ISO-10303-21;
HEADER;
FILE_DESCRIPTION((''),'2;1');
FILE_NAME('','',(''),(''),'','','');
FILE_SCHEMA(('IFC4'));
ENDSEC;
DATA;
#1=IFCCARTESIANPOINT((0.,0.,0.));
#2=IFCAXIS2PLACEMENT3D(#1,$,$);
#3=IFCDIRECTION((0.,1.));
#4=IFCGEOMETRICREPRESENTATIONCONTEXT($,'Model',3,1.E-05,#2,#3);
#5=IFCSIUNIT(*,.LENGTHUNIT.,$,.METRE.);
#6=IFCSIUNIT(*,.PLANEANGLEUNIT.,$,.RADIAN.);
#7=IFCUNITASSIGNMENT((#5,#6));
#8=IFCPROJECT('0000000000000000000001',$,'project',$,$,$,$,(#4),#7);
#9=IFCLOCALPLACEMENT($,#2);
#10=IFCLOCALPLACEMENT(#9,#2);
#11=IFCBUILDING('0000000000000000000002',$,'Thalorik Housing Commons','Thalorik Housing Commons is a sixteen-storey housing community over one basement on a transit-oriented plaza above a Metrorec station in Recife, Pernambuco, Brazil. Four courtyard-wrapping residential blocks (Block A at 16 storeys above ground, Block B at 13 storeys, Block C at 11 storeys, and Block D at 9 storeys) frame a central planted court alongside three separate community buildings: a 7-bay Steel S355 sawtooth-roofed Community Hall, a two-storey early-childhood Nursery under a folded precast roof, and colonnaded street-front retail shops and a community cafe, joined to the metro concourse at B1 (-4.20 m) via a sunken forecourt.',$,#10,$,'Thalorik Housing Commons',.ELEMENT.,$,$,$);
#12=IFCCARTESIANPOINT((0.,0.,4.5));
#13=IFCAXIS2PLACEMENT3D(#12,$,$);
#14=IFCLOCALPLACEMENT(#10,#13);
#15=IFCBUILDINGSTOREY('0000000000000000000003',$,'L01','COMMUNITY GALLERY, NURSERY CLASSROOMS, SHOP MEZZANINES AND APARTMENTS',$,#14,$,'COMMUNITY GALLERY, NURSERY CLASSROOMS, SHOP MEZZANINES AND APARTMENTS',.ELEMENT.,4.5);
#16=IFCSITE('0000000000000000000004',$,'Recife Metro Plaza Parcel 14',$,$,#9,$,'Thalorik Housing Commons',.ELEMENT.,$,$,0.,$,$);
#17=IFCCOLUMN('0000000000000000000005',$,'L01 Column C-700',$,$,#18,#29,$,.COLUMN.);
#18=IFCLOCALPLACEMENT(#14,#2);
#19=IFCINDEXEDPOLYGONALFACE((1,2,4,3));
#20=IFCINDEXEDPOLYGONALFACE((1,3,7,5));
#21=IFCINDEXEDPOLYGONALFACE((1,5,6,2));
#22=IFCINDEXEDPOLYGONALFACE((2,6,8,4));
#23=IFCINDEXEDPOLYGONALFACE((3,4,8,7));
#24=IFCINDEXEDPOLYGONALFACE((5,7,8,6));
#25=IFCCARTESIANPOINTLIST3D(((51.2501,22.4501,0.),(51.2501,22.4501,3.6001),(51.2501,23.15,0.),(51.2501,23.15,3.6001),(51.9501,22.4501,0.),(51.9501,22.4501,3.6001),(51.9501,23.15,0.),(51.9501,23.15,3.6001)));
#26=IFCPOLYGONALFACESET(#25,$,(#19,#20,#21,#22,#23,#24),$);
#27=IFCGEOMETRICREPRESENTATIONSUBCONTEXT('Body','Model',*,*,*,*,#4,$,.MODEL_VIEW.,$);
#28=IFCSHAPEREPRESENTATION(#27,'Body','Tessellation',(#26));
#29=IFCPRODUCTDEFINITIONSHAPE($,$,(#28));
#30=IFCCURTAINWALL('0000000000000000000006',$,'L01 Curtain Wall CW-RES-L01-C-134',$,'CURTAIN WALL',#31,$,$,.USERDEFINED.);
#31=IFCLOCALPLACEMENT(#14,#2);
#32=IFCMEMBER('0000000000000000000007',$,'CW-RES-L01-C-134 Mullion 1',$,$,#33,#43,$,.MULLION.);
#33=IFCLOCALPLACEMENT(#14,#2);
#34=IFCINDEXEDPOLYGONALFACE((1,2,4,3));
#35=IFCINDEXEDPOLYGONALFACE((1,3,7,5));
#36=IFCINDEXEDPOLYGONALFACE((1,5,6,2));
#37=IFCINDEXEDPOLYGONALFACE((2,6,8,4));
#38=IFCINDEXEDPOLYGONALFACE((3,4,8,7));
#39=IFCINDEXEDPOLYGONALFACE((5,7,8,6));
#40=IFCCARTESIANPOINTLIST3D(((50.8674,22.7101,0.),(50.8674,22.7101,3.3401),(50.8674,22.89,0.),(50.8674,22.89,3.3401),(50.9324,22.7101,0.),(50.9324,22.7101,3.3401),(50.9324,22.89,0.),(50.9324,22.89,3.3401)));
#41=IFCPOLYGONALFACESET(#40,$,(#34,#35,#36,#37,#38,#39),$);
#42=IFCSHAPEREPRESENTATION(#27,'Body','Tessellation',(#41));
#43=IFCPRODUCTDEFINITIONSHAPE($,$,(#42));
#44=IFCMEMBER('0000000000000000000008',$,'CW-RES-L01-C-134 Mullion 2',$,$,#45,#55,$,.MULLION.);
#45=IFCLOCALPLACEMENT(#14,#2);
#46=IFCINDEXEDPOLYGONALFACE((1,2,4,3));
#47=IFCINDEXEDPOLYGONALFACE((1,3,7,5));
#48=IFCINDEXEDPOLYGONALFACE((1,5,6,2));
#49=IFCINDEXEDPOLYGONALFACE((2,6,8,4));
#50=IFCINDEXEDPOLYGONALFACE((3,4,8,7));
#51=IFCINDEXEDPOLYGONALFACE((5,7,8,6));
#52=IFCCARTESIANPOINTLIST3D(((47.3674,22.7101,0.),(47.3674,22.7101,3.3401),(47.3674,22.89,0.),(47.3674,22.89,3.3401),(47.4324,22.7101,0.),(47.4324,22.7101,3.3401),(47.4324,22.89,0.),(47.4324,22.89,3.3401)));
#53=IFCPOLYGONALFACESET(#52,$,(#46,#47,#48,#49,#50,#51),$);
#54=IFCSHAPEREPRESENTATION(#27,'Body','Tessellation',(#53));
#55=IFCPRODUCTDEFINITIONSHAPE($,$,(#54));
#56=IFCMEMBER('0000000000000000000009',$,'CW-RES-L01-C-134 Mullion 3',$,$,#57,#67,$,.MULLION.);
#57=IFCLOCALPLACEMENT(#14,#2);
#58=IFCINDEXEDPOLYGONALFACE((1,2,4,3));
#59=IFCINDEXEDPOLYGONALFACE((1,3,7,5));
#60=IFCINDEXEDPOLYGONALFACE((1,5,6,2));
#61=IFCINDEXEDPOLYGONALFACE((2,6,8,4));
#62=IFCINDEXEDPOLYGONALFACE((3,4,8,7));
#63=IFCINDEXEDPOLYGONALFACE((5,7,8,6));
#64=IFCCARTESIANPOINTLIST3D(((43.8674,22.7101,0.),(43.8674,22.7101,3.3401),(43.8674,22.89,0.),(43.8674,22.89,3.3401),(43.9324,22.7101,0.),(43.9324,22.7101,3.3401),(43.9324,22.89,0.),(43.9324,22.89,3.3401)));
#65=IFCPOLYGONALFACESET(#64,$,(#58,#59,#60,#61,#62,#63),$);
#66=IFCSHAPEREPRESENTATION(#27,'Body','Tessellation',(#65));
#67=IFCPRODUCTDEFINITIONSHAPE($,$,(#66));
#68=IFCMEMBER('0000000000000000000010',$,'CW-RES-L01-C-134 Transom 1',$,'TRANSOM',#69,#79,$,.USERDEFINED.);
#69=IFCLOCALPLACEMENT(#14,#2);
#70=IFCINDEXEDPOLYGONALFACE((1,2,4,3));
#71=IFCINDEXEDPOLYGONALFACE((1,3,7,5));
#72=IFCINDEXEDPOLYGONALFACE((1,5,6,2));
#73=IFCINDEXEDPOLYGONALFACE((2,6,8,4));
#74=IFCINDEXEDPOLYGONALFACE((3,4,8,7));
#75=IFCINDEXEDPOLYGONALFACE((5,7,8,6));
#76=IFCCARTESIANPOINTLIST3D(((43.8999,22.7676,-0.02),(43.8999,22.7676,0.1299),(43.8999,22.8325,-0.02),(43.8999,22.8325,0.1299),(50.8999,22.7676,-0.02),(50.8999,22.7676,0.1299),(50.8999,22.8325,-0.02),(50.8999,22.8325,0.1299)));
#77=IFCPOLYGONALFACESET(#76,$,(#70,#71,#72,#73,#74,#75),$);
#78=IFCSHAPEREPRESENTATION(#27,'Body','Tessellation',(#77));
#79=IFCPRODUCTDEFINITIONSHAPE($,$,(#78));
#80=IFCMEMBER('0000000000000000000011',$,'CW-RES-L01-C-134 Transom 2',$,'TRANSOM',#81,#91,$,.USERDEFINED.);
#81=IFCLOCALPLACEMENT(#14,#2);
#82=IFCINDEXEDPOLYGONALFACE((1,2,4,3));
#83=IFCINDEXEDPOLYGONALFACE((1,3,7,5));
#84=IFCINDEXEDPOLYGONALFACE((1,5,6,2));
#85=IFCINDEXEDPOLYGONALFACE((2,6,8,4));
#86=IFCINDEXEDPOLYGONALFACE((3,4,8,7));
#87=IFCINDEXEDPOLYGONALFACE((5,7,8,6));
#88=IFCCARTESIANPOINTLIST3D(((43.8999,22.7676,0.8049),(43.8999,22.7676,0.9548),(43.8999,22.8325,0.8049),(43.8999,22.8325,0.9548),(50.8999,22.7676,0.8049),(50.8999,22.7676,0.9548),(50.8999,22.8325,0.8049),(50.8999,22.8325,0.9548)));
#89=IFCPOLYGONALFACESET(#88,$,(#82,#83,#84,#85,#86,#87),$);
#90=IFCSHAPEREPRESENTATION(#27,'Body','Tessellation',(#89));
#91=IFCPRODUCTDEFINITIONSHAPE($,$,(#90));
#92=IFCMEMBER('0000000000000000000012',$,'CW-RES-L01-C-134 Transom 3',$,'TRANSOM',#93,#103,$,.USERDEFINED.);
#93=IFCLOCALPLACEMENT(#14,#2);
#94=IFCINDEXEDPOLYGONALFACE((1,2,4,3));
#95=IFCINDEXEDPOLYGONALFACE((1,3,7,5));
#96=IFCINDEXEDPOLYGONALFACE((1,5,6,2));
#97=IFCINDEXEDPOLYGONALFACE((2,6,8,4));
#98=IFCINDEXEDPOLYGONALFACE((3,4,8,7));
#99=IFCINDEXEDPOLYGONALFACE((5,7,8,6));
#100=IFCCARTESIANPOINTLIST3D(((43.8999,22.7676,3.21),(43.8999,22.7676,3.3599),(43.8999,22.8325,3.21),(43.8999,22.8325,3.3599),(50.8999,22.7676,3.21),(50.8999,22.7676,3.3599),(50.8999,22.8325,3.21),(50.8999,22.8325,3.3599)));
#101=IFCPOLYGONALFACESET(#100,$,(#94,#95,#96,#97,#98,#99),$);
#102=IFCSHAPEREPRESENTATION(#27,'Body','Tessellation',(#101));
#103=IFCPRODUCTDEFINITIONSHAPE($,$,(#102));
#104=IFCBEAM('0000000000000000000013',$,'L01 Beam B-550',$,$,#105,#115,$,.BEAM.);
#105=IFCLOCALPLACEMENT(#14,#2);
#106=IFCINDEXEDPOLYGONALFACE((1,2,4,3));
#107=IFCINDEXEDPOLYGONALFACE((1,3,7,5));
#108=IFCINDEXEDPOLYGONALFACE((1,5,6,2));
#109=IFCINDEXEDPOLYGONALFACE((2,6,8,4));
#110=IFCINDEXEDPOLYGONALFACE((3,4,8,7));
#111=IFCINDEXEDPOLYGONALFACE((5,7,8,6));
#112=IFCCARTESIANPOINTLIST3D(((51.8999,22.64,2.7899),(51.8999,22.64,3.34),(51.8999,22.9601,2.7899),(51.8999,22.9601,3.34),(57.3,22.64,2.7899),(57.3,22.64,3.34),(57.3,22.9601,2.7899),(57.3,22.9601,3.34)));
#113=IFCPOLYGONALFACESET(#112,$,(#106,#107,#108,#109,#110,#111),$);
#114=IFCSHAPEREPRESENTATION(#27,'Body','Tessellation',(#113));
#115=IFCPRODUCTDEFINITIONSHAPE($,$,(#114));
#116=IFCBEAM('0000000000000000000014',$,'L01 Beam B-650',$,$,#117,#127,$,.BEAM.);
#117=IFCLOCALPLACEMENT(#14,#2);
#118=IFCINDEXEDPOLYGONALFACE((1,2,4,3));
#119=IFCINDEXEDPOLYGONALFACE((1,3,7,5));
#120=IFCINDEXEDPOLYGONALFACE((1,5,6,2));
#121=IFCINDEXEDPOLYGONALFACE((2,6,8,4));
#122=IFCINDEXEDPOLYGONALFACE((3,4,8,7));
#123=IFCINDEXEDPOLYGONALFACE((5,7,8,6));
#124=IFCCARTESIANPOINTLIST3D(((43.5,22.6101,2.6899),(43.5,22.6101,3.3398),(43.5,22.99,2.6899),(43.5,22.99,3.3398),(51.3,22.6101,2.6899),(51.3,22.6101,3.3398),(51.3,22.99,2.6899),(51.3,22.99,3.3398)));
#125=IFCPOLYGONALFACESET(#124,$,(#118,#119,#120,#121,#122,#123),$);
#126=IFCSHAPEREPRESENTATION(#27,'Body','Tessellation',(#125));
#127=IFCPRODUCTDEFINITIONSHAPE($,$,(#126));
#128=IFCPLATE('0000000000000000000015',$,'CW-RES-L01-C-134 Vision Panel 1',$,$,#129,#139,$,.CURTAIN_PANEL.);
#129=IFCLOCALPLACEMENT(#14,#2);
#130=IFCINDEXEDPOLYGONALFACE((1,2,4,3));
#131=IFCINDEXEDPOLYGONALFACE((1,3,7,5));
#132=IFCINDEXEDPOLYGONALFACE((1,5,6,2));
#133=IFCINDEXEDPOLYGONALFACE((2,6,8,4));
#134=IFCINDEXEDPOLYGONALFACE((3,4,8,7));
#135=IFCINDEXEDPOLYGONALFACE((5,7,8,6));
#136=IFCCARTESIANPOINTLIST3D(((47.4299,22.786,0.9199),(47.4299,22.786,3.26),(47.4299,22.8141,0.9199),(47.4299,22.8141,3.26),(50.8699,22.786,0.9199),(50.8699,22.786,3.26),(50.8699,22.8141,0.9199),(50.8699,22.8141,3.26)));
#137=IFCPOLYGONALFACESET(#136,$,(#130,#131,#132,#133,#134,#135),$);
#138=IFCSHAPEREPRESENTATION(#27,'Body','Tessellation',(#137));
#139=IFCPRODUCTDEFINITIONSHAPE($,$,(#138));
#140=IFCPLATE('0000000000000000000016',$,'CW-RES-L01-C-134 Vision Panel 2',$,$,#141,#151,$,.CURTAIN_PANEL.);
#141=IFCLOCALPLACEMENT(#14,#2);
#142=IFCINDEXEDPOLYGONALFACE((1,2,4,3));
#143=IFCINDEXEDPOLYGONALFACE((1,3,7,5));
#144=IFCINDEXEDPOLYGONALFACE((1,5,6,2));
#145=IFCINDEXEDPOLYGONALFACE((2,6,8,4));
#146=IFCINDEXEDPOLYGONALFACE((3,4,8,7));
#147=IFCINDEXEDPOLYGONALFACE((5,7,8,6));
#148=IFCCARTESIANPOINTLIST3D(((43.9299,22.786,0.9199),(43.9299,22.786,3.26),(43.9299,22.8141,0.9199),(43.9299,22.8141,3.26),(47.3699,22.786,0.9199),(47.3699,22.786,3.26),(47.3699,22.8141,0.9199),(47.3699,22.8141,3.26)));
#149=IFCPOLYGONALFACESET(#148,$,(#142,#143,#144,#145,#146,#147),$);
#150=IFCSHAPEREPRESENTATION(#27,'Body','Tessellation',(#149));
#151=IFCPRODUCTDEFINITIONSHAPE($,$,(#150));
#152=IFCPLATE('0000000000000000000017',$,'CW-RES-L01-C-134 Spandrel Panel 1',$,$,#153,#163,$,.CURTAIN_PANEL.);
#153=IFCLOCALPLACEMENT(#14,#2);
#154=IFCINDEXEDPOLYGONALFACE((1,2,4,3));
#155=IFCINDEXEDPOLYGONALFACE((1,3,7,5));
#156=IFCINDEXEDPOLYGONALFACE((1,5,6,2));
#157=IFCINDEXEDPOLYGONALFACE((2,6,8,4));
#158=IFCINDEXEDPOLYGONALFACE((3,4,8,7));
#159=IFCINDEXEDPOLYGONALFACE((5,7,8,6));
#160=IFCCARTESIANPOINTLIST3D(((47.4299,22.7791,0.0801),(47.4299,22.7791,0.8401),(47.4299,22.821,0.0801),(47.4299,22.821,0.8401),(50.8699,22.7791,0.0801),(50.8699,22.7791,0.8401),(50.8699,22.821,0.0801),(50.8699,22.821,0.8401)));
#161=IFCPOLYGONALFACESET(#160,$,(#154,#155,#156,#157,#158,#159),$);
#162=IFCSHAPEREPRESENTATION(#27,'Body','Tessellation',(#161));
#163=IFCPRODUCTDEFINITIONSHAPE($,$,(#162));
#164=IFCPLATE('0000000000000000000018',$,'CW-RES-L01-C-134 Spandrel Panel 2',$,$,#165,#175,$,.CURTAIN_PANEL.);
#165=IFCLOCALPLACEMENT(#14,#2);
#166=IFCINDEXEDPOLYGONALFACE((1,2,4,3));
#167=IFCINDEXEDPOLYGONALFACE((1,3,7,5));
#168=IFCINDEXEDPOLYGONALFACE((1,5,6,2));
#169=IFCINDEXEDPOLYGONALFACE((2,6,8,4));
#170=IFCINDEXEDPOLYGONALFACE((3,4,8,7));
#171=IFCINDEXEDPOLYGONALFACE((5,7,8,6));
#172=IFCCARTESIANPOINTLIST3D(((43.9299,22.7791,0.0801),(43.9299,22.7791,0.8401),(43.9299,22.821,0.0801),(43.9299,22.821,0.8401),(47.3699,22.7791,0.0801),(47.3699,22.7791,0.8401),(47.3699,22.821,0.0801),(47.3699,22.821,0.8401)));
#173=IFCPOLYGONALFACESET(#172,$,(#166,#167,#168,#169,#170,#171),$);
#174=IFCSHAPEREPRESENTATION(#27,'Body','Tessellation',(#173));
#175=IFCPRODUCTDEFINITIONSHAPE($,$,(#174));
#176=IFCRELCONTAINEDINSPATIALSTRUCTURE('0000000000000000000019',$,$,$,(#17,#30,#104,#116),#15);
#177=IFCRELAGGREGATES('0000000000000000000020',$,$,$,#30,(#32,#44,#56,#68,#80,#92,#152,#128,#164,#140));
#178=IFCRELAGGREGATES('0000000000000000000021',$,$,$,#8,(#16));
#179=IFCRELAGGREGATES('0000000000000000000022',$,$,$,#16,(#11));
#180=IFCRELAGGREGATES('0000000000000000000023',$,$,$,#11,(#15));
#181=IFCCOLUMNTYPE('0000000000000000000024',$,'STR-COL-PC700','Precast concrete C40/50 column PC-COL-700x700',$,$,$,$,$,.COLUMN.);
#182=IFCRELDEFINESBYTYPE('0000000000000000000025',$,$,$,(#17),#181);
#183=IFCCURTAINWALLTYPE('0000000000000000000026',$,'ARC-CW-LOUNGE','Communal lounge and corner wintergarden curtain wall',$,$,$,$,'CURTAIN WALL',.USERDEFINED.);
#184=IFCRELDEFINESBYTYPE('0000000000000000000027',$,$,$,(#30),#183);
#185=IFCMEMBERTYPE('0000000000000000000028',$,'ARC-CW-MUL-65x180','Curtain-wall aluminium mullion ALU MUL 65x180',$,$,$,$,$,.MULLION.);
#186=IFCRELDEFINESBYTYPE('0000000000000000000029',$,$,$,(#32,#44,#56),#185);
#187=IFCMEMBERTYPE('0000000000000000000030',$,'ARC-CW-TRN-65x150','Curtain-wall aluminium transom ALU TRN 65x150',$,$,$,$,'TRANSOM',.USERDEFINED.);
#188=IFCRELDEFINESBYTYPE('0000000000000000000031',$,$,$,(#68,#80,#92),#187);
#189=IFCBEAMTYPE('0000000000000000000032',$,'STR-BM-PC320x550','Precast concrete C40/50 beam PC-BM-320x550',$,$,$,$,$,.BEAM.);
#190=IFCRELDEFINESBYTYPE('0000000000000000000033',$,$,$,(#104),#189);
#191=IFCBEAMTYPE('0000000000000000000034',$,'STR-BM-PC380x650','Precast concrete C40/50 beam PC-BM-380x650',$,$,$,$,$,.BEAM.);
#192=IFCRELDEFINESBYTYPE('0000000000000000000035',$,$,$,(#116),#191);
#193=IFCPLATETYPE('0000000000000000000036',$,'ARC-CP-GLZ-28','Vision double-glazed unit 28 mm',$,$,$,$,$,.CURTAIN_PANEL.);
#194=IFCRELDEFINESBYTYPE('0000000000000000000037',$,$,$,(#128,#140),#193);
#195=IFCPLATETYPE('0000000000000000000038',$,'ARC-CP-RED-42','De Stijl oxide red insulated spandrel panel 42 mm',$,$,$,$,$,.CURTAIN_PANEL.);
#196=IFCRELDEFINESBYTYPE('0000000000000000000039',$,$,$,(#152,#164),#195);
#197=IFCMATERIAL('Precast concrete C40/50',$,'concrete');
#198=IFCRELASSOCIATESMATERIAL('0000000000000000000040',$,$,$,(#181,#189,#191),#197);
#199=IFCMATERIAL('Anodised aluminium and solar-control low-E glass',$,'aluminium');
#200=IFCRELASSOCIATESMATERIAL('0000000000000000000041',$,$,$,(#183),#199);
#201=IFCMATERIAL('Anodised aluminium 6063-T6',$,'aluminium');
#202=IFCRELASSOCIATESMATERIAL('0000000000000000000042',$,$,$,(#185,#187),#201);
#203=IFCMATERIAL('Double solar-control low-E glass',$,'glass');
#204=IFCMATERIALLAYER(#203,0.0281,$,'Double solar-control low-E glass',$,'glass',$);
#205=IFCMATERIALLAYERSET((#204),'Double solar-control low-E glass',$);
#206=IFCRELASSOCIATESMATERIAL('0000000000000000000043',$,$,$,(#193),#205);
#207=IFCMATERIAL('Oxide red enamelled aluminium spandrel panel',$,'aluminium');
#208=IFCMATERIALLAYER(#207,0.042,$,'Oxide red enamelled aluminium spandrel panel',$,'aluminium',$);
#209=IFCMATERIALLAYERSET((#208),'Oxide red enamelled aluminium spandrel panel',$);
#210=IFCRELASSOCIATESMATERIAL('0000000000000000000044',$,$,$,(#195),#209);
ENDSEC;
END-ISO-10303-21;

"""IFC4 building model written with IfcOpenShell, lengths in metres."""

from ifc_helpers import new_model, si_unit, direction, frame, origin, origin_2d, place, context, subcontext, project, spatial, rectangle, extrude, material, layer, layer_set, material_profile, profile_set, type_object, element, aggregate, save


model = new_model("IFC4")

# Units and contexts
model_context = context("Model", 3, precision=1e-05, world=origin(), true_north=direction((0.0, 1.0)))
body_context = subcontext(model_context, "Body", "Model", "MODEL_VIEW")
ifc_project = project(units=[si_unit("LENGTHUNIT", "METRE"), si_unit("PLANEANGLEUNIT", "RADIAN")], contexts=[model_context])

# Site, building, storey
site_placement = place(None, origin())
site = spatial("IfcSite", under=ifc_project, at=site_placement, Name="Recife Metro Plaza Parcel 14", LongName="Thalorik Housing Commons", CompositionType="ELEMENT", RefElevation=0.0)
building_placement = place(site_placement, origin())
building = spatial("IfcBuilding", under=site, at=building_placement, Name="Thalorik Housing Commons", Description="Thalorik Housing Commons is a sixteen-storey housing community over one basement on a transit-oriented plaza above a Metrorec station in Recife, Pernambuco, Brazil. Four courtyard-wrapping residential blocks (Block A at 16 storeys above ground, Block B at 13 storeys, Block C at 11 storeys, and Block D at 9 storeys) frame a central planted court alongside three separate community buildings: a 7-bay Steel S355 sawtooth-roofed Community Hall, a two-storey early-childhood Nursery under a folded precast roof, and colonnaded street-front retail shops and a community cafe, joined to the metro concourse at B1 (-4.20 m) via a sunken forecourt.", LongName="Thalorik Housing Commons", CompositionType="ELEMENT")
storey_placement = place(building_placement, frame((0.0, 0.0, 4.5)))
storey = spatial("IfcBuildingStorey", under=building, at=storey_placement, Name="L01", Description="COMMUNITY GALLERY, NURSERY CLASSROOMS, SHOP MEZZANINES AND APARTMENTS", LongName="COMMUNITY GALLERY, NURSERY CLASSROOMS, SHOP MEZZANINES AND APARTMENTS", CompositionType="ELEMENT", Elevation=4.5)

# Column
ifc_material_1 = material(Name="Precast concrete C40/50", Category="concrete")
ifc_material_profile_1 = material_profile(ifc_material_1, rectangle(XDim=0.7, YDim=0.7, at=origin_2d()), Name="PC 700x700", Category="concrete")
ifc_profile_set_1 = profile_set([ifc_material_profile_1], Name="Precast concrete C40/50")
column_type = type_object("IfcColumnType", Name="STR-COL-PC700", Description="Precast concrete C40/50 column PC-COL-700x700", PredefinedType="COLUMN", material=ifc_profile_set_1)
column_placement = place(storey_placement, frame((51.6001, 22.8, 0.0), z_axis=(0.0, 0.0, 1.0), x_axis=(1.0, 0.0, 0.0)))
element("IfcColumn", 1, at=column_placement, inside=storey, type_object=column_type, Name="L01 Column C-700", PredefinedType="COLUMN", context=body_context, shape_type="SweptSolid", body=[
    extrude(rectangle(XDim=0.7, YDim=0.7, at=origin_2d()), origin(), (0.0, 0.0, 1.0), 3.6001),
])

# Curtain wall, members
ifc_material_2 = material(Name="Anodised aluminium and solar-control low-E glass", Category="aluminium")
curtain_wall_type = type_object("IfcCurtainWallType", Name="ARC-CW-LOUNGE", Description="Communal lounge and corner wintergarden curtain wall", ElementType="CURTAIN WALL", PredefinedType="USERDEFINED", material=ifc_material_2)
curtain_wall_placement = place(storey_placement, origin())
curtain_wall = element("IfcCurtainWall", 2, at=curtain_wall_placement, inside=storey, type_object=curtain_wall_type, Name="L01 Curtain Wall CW-RES-L01-C-134", ObjectType="CURTAIN WALL", PredefinedType="USERDEFINED")
ifc_material_3 = material(Name="Anodised aluminium 6063-T6", Category="aluminium")
ifc_material_profile_2 = material_profile(ifc_material_3, rectangle(XDim=0.0649, YDim=0.1799, at=origin_2d()), Name="ALU MUL 65x180", Category="aluminium")
ifc_profile_set_2 = profile_set([ifc_material_profile_2], Name="Anodised aluminium 6063-T6")
member_type_1 = type_object("IfcMemberType", Name="ARC-CW-MUL-65x180", Description="Curtain-wall aluminium mullion ALU MUL 65x180", PredefinedType="MULLION", material=ifc_profile_set_2)
member_1_placement = place(storey_placement, frame((50.8999, 22.8, 0.0), z_axis=(0.0, 0.0, 1.0), x_axis=(-1.0, 0.0, 0.0)))
member_1 = element("IfcMember", 3, at=member_1_placement, type_object=member_type_1, Name="CW-RES-L01-C-134 Mullion 1", PredefinedType="MULLION", context=body_context, shape_type="SweptSolid", body=[
    extrude(rectangle(XDim=0.0649, YDim=0.1799, at=origin_2d()), origin(), (0.0, 0.0, 1.0), 3.3401),
])
member_2_placement = place(storey_placement, frame((47.3999, 22.8, 0.0), z_axis=(0.0, 0.0, 1.0), x_axis=(-1.0, 0.0, 0.0)))
member_2 = element("IfcMember", 4, at=member_2_placement, type_object=member_type_1, Name="CW-RES-L01-C-134 Mullion 2", PredefinedType="MULLION", context=body_context, shape_type="SweptSolid", body=[
    extrude(rectangle(XDim=0.0649, YDim=0.1799, at=origin_2d()), origin(), (0.0, 0.0, 1.0), 3.3401),
])
member_3_placement = place(storey_placement, frame((43.8999, 22.8, 0.0), z_axis=(0.0, 0.0, 1.0), x_axis=(-1.0, 0.0, 0.0)))
member_3 = element("IfcMember", 5, at=member_3_placement, type_object=member_type_1, Name="CW-RES-L01-C-134 Mullion 3", PredefinedType="MULLION", context=body_context, shape_type="SweptSolid", body=[
    extrude(rectangle(XDim=0.0649, YDim=0.1799, at=origin_2d()), origin(), (0.0, 0.0, 1.0), 3.3401),
])
ifc_material_profile_3 = material_profile(ifc_material_3, rectangle(XDim=0.0649, YDim=0.1499, at=origin_2d()), Name="ALU TRN 65x150", Category="aluminium")
ifc_profile_set_3 = profile_set([ifc_material_profile_3], Name="Anodised aluminium 6063-T6")
member_type_2 = type_object("IfcMemberType", Name="ARC-CW-TRN-65x150", Description="Curtain-wall aluminium transom ALU TRN 65x150", ElementType="TRANSOM", PredefinedType="USERDEFINED", material=ifc_profile_set_3)
member_4_placement = place(storey_placement, frame((50.8999, 22.8, 0.0549), z_axis=(-1.0, 0.0, 0.0), x_axis=(0.0, -1.0, 0.0)))
member_4 = element("IfcMember", 6, at=member_4_placement, type_object=member_type_2, Name="CW-RES-L01-C-134 Transom 1", ObjectType="TRANSOM", PredefinedType="USERDEFINED", context=body_context, shape_type="SweptSolid", body=[
    extrude(rectangle(XDim=0.0649, YDim=0.1499, at=origin_2d()), origin(), (0.0, 0.0, 1.0), 7.0),
])
member_5_placement = place(storey_placement, frame((50.8999, 22.8, 0.8799), z_axis=(-1.0, 0.0, 0.0), x_axis=(0.0, -1.0, 0.0)))
member_5 = element("IfcMember", 7, at=member_5_placement, type_object=member_type_2, Name="CW-RES-L01-C-134 Transom 2", ObjectType="TRANSOM", PredefinedType="USERDEFINED", context=body_context, shape_type="SweptSolid", body=[
    extrude(rectangle(XDim=0.0649, YDim=0.1499, at=origin_2d()), origin(), (0.0, 0.0, 1.0), 7.0),
])
member_6_placement = place(storey_placement, frame((50.8999, 22.8, 3.2849), z_axis=(-1.0, 0.0, 0.0), x_axis=(0.0, -1.0, 0.0)))
member_6 = element("IfcMember", 8, at=member_6_placement, type_object=member_type_2, Name="CW-RES-L01-C-134 Transom 3", ObjectType="TRANSOM", PredefinedType="USERDEFINED", context=body_context, shape_type="SweptSolid", body=[
    extrude(rectangle(XDim=0.0649, YDim=0.1499, at=origin_2d()), origin(), (0.0, 0.0, 1.0), 7.0),
])

# Beams
ifc_material_profile_4 = material_profile(ifc_material_1, rectangle(XDim=0.3201, YDim=0.55, at=origin_2d()), Name="PC 320x550", Category="concrete")
ifc_profile_set_4 = profile_set([ifc_material_profile_4], Name="Precast concrete C40/50")
beam_type_1 = type_object("IfcBeamType", Name="STR-BM-PC320x550", Description="Precast concrete C40/50 beam PC-BM-320x550", PredefinedType="BEAM", material=ifc_profile_set_4)
beam_1_placement = place(storey_placement, frame((51.8999, 22.8, 3.0649), z_axis=(1.0, 0.0, 0.0), x_axis=(0.0, 1.0, 0.0)))
element("IfcBeam", 9, at=beam_1_placement, inside=storey, type_object=beam_type_1, Name="L01 Beam B-550", PredefinedType="BEAM", context=body_context, shape_type="SweptSolid", body=[
    extrude(rectangle(XDim=0.3201, YDim=0.55, at=origin_2d()), origin(), (0.0, 0.0, 1.0), 5.4001),
])
ifc_material_profile_5 = material_profile(ifc_material_1, rectangle(XDim=0.3799, YDim=0.6499, at=origin_2d()), Name="PC 380x650", Category="concrete")
ifc_profile_set_5 = profile_set([ifc_material_profile_5], Name="Precast concrete C40/50")
beam_type_2 = type_object("IfcBeamType", Name="STR-BM-PC380x650", Description="Precast concrete C40/50 beam PC-BM-380x650", PredefinedType="BEAM", material=ifc_profile_set_5)
beam_2_placement = place(storey_placement, frame((43.5, 22.8, 3.0149), z_axis=(1.0, 0.0, 0.0), x_axis=(0.0, 1.0, 0.0)))
element("IfcBeam", 10, at=beam_2_placement, inside=storey, type_object=beam_type_2, Name="L01 Beam B-650", PredefinedType="BEAM", context=body_context, shape_type="SweptSolid", body=[
    extrude(rectangle(XDim=0.3799, YDim=0.6499, at=origin_2d()), origin(), (0.0, 0.0, 1.0), 7.8),
])

# Plates
ifc_material_4 = material(Name="Double solar-control low-E glass", Category="glass")
ifc_layer_1 = layer(ifc_material_4, 0.0281, Name="Double solar-control low-E glass", Category="glass")
ifc_layer_set_1 = layer_set([ifc_layer_1], Name="Double solar-control low-E glass")
plate_type_1 = type_object("IfcPlateType", Name="ARC-CP-GLZ-28", Description="Vision double-glazed unit 28 mm", PredefinedType="CURTAIN_PANEL", material=ifc_layer_set_1)
plate_1_placement = place(storey_placement, frame((49.1499, 22.8, 0.9199), z_axis=(0.0, 0.0, 1.0), x_axis=(-1.0, 0.0, 0.0)))
plate_1 = element("IfcPlate", 11, at=plate_1_placement, type_object=plate_type_1, Name="CW-RES-L01-C-134 Vision Panel 1", PredefinedType="CURTAIN_PANEL", context=body_context, shape_type="SweptSolid", body=[
    extrude(rectangle(XDim=3.4399, YDim=0.0281, at=origin_2d()), origin(), (0.0, 0.0, 1.0), 2.3401),
])
plate_2_placement = place(storey_placement, frame((45.6499, 22.8, 0.9199), z_axis=(0.0, 0.0, 1.0), x_axis=(-1.0, 0.0, 0.0)))
plate_2 = element("IfcPlate", 12, at=plate_2_placement, type_object=plate_type_1, Name="CW-RES-L01-C-134 Vision Panel 2", PredefinedType="CURTAIN_PANEL", context=body_context, shape_type="SweptSolid", body=[
    extrude(rectangle(XDim=3.4399, YDim=0.0281, at=origin_2d()), origin(), (0.0, 0.0, 1.0), 2.3401),
])
ifc_material_5 = material(Name="Oxide red enamelled aluminium spandrel panel", Category="aluminium")
ifc_layer_2 = layer(ifc_material_5, 0.042, Name="Oxide red enamelled aluminium spandrel panel", Category="aluminium")
ifc_layer_set_2 = layer_set([ifc_layer_2], Name="Oxide red enamelled aluminium spandrel panel")
plate_type_2 = type_object("IfcPlateType", Name="ARC-CP-RED-42", Description="De Stijl oxide red insulated spandrel panel 42 mm", PredefinedType="CURTAIN_PANEL", material=ifc_layer_set_2)
plate_3_placement = place(storey_placement, frame((49.1499, 22.8, 0.0801), z_axis=(0.0, 0.0, 1.0), x_axis=(-1.0, 0.0, 0.0)))
plate_3 = element("IfcPlate", 13, at=plate_3_placement, type_object=plate_type_2, Name="CW-RES-L01-C-134 Spandrel Panel 1", PredefinedType="CURTAIN_PANEL", context=body_context, shape_type="SweptSolid", body=[
    extrude(rectangle(XDim=3.4399, YDim=0.042, at=origin_2d()), origin(), (0.0, 0.0, 1.0), 0.76),
])
plate_4_placement = place(storey_placement, frame((45.6499, 22.8, 0.0801), z_axis=(0.0, 0.0, 1.0), x_axis=(-1.0, 0.0, 0.0)))
plate_4 = element("IfcPlate", 14, at=plate_4_placement, type_object=plate_type_2, Name="CW-RES-L01-C-134 Spandrel Panel 2", PredefinedType="CURTAIN_PANEL", context=body_context, shape_type="SweptSolid", body=[
    extrude(rectangle(XDim=3.4399, YDim=0.042, at=origin_2d()), origin(), (0.0, 0.0, 1.0), 0.76),
])
aggregate(curtain_wall, [member_1, member_2, member_3, member_4, member_5, member_6, plate_3, plate_1, plate_4, plate_2])

save(model, "model.ifc")
